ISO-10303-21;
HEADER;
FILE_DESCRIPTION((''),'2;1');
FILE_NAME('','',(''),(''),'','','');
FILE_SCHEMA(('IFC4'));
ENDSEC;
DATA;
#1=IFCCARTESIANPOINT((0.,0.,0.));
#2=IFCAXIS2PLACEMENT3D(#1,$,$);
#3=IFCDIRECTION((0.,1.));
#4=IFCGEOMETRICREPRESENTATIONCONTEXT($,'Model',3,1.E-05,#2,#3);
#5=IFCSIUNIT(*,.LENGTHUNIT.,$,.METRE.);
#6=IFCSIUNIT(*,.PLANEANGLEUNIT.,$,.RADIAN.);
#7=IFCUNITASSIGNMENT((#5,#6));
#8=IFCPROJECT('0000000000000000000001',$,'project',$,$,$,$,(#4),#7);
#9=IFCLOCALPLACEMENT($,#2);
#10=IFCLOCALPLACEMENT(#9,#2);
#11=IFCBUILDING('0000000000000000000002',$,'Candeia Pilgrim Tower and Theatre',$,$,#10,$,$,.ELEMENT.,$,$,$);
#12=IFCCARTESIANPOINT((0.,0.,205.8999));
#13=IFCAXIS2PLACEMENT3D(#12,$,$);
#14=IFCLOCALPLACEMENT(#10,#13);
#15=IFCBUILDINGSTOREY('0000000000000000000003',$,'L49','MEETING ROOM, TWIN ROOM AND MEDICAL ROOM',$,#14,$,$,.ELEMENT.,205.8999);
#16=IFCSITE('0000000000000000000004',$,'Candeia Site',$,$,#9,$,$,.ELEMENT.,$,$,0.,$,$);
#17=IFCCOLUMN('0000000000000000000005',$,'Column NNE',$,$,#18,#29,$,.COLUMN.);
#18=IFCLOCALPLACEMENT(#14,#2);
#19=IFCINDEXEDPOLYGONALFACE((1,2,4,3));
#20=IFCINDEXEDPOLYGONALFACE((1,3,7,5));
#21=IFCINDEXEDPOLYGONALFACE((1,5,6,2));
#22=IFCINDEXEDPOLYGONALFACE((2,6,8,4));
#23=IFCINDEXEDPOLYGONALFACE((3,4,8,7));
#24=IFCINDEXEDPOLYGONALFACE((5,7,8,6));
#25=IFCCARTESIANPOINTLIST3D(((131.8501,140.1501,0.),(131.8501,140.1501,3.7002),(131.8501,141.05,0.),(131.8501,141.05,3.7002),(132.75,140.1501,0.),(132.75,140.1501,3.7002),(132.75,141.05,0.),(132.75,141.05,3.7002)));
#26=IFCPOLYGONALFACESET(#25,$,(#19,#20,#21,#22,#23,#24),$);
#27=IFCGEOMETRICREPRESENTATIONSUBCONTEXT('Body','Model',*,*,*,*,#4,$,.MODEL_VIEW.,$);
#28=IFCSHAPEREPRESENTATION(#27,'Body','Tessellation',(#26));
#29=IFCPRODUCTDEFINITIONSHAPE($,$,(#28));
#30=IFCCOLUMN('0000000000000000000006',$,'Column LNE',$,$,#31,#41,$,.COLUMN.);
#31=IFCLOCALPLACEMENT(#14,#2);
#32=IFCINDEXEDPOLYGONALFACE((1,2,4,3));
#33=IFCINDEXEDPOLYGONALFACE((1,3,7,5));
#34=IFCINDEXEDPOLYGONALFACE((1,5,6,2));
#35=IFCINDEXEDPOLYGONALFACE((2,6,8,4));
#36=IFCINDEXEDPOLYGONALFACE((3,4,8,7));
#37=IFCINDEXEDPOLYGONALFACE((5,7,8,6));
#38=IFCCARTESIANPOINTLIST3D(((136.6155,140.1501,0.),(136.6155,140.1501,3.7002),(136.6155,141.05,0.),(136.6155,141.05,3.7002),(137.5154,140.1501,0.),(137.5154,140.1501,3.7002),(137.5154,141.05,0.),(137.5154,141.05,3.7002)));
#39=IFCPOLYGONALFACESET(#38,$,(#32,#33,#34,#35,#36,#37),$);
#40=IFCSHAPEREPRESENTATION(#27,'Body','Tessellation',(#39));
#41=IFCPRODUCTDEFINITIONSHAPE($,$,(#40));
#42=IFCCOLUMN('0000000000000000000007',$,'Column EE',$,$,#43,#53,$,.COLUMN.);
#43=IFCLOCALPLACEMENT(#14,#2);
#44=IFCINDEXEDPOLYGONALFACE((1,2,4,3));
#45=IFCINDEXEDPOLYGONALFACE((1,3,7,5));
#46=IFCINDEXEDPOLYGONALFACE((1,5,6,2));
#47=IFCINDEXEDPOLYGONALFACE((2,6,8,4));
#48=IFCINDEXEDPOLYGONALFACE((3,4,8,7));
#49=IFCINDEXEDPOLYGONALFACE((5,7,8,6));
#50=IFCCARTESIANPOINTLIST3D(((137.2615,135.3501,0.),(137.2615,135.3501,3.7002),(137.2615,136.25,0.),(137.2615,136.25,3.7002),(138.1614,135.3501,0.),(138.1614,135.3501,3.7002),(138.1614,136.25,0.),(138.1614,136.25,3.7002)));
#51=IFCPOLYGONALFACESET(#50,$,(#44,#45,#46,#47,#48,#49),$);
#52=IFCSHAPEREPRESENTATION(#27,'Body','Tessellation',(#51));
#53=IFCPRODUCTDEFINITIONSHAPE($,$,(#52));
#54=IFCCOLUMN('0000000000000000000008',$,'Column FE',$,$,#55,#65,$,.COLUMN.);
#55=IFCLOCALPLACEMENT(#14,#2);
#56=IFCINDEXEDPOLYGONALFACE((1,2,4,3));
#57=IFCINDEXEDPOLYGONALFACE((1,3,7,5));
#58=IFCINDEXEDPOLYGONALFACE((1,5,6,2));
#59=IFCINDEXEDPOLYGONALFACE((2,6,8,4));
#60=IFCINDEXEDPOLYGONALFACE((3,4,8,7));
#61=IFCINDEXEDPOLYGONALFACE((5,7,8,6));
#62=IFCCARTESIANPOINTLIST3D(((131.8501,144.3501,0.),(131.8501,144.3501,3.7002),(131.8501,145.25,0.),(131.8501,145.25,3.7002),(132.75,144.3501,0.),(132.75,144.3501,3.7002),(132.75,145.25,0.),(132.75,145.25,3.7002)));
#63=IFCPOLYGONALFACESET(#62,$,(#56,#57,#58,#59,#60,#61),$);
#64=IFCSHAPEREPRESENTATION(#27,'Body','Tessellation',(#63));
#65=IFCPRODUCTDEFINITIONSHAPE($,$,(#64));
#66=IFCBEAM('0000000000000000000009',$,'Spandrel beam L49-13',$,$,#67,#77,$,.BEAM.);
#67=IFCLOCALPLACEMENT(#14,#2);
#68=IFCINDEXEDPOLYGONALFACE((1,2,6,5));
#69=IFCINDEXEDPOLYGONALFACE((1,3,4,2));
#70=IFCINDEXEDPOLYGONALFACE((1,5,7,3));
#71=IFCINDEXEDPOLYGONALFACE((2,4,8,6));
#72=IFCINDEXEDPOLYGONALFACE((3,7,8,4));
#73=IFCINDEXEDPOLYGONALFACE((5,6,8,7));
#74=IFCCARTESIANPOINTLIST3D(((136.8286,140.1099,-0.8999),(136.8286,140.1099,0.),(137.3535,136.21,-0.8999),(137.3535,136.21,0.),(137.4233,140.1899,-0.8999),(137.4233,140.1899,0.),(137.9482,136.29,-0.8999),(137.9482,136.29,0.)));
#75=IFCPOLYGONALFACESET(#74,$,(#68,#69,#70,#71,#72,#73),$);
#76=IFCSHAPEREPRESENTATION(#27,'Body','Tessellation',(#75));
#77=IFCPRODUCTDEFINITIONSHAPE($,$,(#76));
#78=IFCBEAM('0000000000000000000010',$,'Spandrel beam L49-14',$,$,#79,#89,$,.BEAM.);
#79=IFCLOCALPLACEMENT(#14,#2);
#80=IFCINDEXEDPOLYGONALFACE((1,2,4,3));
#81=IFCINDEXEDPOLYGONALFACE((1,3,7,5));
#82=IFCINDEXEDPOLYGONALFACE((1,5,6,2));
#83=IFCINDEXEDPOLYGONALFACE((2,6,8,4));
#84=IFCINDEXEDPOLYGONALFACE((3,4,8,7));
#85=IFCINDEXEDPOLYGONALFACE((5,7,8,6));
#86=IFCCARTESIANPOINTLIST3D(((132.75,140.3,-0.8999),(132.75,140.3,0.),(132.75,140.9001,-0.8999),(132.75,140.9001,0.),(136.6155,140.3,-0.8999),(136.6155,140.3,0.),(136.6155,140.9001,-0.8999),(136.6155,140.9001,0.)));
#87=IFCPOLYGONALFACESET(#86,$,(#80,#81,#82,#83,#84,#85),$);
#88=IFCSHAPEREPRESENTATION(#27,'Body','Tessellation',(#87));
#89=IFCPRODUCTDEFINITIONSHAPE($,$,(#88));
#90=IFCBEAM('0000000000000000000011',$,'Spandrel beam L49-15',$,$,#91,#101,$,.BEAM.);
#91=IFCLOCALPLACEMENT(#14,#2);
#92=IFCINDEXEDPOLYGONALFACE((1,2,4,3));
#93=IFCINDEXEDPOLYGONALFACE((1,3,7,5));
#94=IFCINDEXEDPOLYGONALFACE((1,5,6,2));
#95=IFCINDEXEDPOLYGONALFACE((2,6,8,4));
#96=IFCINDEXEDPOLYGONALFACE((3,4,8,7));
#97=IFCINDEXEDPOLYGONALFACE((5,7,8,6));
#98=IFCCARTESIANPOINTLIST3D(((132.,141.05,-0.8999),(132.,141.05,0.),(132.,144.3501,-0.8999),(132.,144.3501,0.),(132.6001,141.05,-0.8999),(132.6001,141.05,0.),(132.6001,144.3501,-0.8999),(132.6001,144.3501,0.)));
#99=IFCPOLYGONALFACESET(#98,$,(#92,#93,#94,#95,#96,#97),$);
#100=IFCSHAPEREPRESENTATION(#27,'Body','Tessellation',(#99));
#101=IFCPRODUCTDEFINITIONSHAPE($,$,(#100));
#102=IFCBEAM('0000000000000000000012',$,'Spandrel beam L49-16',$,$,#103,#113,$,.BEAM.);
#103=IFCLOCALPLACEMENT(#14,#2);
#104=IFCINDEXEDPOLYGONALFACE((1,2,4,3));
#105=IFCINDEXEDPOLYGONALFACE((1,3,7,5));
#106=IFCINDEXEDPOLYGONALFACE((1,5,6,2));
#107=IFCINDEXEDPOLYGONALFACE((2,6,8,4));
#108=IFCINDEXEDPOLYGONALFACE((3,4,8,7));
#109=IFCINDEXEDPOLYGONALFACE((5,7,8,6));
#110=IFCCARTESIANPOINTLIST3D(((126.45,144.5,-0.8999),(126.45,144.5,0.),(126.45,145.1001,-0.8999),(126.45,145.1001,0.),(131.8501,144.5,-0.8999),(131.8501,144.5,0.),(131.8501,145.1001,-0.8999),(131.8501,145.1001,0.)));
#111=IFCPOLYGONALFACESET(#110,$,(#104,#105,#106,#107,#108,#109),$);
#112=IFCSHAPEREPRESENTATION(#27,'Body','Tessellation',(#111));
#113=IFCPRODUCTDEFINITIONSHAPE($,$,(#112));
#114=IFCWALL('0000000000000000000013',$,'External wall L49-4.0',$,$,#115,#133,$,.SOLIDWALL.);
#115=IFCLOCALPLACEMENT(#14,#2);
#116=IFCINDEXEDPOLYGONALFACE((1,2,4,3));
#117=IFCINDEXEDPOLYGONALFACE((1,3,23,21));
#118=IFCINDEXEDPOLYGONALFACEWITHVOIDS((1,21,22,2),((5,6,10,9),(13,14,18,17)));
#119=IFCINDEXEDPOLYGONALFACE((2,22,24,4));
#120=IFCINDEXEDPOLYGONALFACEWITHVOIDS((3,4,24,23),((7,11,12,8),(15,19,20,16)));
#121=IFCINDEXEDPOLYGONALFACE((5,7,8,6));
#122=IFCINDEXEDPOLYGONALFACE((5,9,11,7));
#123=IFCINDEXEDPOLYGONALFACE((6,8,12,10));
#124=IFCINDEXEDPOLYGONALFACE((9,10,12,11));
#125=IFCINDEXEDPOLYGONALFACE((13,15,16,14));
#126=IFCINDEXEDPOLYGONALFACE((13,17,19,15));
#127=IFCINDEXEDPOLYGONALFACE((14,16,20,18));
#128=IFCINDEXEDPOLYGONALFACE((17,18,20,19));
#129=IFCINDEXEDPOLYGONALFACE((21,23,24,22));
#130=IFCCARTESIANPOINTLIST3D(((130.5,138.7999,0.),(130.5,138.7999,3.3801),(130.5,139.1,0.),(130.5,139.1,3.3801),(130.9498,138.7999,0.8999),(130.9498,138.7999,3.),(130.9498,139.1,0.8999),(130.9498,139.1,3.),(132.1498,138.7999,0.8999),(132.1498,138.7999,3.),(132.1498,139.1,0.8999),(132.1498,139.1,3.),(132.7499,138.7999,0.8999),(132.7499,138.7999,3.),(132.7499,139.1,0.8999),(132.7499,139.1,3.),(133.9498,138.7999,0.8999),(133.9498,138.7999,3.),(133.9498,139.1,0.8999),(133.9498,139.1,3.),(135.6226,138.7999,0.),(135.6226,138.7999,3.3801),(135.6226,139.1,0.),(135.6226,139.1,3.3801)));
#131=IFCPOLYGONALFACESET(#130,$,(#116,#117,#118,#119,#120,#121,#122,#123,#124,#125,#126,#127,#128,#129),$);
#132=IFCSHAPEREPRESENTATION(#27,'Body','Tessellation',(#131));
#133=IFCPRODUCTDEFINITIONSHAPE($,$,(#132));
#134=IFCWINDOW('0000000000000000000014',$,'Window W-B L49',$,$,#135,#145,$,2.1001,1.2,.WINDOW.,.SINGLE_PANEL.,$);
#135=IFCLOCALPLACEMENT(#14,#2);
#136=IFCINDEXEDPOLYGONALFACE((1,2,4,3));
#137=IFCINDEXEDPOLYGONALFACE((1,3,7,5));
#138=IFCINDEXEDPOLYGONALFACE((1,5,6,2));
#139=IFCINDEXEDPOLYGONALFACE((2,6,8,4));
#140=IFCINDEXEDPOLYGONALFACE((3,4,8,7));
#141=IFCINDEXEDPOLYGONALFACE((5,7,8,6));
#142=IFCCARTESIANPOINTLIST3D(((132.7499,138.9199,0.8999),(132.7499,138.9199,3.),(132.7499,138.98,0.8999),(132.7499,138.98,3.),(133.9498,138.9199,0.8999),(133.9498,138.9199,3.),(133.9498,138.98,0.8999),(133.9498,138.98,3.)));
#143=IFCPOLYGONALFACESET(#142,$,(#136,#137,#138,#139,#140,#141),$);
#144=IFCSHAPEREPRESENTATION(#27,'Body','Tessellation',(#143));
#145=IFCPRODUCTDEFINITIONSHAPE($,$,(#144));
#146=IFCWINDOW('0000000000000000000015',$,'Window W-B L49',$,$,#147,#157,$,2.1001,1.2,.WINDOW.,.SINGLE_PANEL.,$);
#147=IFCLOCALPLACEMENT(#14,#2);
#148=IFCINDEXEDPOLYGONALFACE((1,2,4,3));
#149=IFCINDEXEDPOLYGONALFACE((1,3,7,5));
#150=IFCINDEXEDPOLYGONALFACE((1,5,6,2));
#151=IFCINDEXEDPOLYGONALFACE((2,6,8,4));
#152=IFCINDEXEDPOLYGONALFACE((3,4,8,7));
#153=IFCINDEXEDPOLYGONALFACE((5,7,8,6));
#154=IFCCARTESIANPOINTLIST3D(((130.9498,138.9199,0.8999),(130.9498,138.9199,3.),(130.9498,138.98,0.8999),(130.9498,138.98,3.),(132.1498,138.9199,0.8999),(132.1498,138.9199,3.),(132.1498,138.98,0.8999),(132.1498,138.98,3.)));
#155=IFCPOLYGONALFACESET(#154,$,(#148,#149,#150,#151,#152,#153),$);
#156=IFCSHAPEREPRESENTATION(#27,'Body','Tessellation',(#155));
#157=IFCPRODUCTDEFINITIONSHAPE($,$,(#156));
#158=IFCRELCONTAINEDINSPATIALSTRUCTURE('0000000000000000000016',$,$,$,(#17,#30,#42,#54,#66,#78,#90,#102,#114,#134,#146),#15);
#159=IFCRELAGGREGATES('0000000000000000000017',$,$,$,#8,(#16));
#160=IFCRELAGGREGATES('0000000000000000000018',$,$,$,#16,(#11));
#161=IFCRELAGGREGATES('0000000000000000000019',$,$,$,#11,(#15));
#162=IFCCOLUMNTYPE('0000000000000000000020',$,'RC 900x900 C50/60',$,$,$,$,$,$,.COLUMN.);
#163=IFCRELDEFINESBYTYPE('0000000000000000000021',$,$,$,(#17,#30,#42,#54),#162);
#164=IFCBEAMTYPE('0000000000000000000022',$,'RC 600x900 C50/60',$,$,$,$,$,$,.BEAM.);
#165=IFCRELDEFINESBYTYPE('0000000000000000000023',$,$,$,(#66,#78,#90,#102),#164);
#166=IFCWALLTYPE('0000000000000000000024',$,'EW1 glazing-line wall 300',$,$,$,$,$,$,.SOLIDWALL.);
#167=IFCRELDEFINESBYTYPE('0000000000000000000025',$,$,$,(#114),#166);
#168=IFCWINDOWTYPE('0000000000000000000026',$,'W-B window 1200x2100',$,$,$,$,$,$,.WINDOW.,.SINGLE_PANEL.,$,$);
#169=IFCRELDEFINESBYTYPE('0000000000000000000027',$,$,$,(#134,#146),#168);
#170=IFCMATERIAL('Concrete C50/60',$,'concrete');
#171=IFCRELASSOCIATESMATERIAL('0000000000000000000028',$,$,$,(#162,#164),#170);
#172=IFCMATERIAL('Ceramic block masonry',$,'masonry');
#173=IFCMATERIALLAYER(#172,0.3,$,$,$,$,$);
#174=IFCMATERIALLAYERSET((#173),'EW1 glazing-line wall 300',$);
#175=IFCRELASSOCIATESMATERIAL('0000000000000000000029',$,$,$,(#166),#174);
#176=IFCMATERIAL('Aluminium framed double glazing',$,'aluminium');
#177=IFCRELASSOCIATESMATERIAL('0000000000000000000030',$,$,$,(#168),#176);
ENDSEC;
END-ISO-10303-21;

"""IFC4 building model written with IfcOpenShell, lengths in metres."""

from ifc_helpers import new_model, si_unit, direction, frame, frame_2d, origin, origin_2d, place, context, subcontext, project, spatial, rectangle, extrude, material, layer, layer_set, material_profile, profile_set, type_object, element, fill, save


model = new_model("IFC4")

# Units and contexts
model_context = context("Model", 3, precision=1e-05, world=origin(), true_north=direction((0.0, 1.0)))
body_context = subcontext(model_context, "Body", "Model", "MODEL_VIEW")
ifc_project = project(units=[si_unit("LENGTHUNIT", "METRE"), si_unit("PLANEANGLEUNIT", "RADIAN")], contexts=[model_context])

# Site, building, storey
site_placement = place(None, origin())
site = spatial("IfcSite", under=ifc_project, at=site_placement, Name="Candeia Site", CompositionType="ELEMENT", RefElevation=0.0)
building_placement = place(site_placement, origin())
building = spatial("IfcBuilding", under=site, at=building_placement, Name="Candeia Pilgrim Tower and Theatre", CompositionType="ELEMENT")
storey_placement = place(building_placement, frame((0.0, 0.0, 205.8999)))
storey = spatial("IfcBuildingStorey", under=building, at=storey_placement, Name="L49", Description="MEETING ROOM, TWIN ROOM AND MEDICAL ROOM", CompositionType="ELEMENT", Elevation=205.8999)

# Columns
ifc_material_1 = material(Name="Concrete C50/60", Category="concrete")
ifc_material_profile_1 = material_profile(ifc_material_1, rectangle(XDim=0.8999, YDim=0.8999, at=origin_2d()))
ifc_profile_set_1 = profile_set([ifc_material_profile_1], Name="Concrete C50/60")
column_type = type_object("IfcColumnType", Name="RC 900x900 C50/60", PredefinedType="COLUMN", material=ifc_profile_set_1)
for number, where, z_axis, x_axis, name in (
    (1, (132.3, 140.6001, 0.0), (0.0, 0.0, 1.0), (1.0, 0.0, 0.0), "Column NNE"),
    (2, (137.0654, 140.6001, 0.0), (0.0, 0.0, 1.0), (1.0, 0.0, 0.0), "Column LNE"),
    (3, (137.7114, 135.8, 0.0), (0.0, 0.0, 1.0), (1.0, 0.0, 0.0), "Column EE"),
    (4, (132.3, 144.8, 0.0), (0.0, 0.0, 1.0), (1.0, 0.0, 0.0), "Column FE"),
):
    element("IfcColumn", number, at=place(storey_placement, frame(where, z_axis=z_axis, x_axis=x_axis)), inside=storey, type_object=column_type, Name=name, PredefinedType="COLUMN", context=body_context, shape_type="SweptSolid", body=[
        extrude(rectangle(XDim=0.8999, YDim=0.8999, at=origin_2d()), origin(), (0.0, 0.0, 1.0), 3.7002),
    ])

# Beams
ifc_material_profile_2 = material_profile(ifc_material_1, rectangle(XDim=0.6001, YDim=0.8999, at=origin_2d()))
ifc_profile_set_2 = profile_set([ifc_material_profile_2], Name="Concrete C50/60")
beam_type = type_object("IfcBeamType", Name="RC 600x900 C50/60", PredefinedType="BEAM", material=ifc_profile_set_2)
beam_1_placement = place(storey_placement, frame((137.6509, 136.25, -0.45), z_axis=(-0.133391, 0.991064, 0.0), x_axis=(-0.991064, -0.133391, 0.0)))
element("IfcBeam", 5, at=beam_1_placement, inside=storey, type_object=beam_type, Name="Spandrel beam L49-13", PredefinedType="BEAM", context=body_context, shape_type="SweptSolid", body=[
    extrude(rectangle(XDim=0.6001, YDim=0.8999, at=origin_2d()), origin(), (0.0, 0.0, 1.0), 3.9351),
])
beam_2_placement = place(storey_placement, frame((136.6155, 140.6001, -0.45), z_axis=(-1.0, 0.0, 0.0), x_axis=(0.0, -1.0, 0.0)))
element("IfcBeam", 6, at=beam_2_placement, inside=storey, type_object=beam_type, Name="Spandrel beam L49-14", PredefinedType="BEAM", context=body_context, shape_type="SweptSolid", body=[
    extrude(rectangle(XDim=0.6001, YDim=0.8999, at=origin_2d()), origin(), (0.0, 0.0, 1.0), 3.8655),
])
beam_3_placement = place(storey_placement, frame((132.3, 141.05, -0.45), z_axis=(0.0, 1.0, 0.0), x_axis=(-1.0, 0.0, 0.0)))
element("IfcBeam", 7, at=beam_3_placement, inside=storey, type_object=beam_type, Name="Spandrel beam L49-15", PredefinedType="BEAM", context=body_context, shape_type="SweptSolid", body=[
    extrude(rectangle(XDim=0.6001, YDim=0.8999, at=origin_2d()), origin(), (0.0, 0.0, 1.0), 3.3),
])
beam_4_placement = place(storey_placement, frame((131.8501, 144.8, -0.45), z_axis=(-1.0, 0.0, 0.0), x_axis=(0.0, -1.0, 0.0)))
element("IfcBeam", 8, at=beam_4_placement, inside=storey, type_object=beam_type, Name="Spandrel beam L49-16", PredefinedType="BEAM", context=body_context, shape_type="SweptSolid", body=[
    extrude(rectangle(XDim=0.6001, YDim=0.8999, at=origin_2d()), origin(), (0.0, 0.0, 1.0), 5.4001),
])

# Wall, openings, windows
ifc_material_2 = material(Name="Ceramic block masonry", Category="masonry")
ifc_layer_1 = layer(ifc_material_2, 0.3)
ifc_layer_set_1 = layer_set([ifc_layer_1], Name="EW1 glazing-line wall 300")
wall_type_1 = type_object("IfcWallType", Name="EW1 glazing-line wall 300", PredefinedType="SOLIDWALL", material=ifc_layer_set_1)
wall_1_placement = place(storey_placement, frame((135.6226, 138.95, 0.0), z_axis=(0.0, 0.0, 1.0), x_axis=(-1.0, 0.0, 0.0)))
wall_1 = element("IfcWall", 9, at=wall_1_placement, inside=storey, type_object=wall_type_1, Name="External wall L49-4.0", PredefinedType="SOLIDWALL", context=body_context, shape_type="SweptSolid", body=[
    extrude(rectangle(XDim=5.1226, YDim=0.3, at=frame_2d((2.5613, 0.0))), origin(), (0.0, 0.0, 1.0), 3.3801),
])
opening_1_placement = place(wall_1_placement, frame((1.6726, 0.0, 0.8999)))
opening_1 = element("IfcOpeningElement", 10, at=opening_1_placement, cuts=wall_1, PredefinedType="OPENING", context=body_context, shape_type="SweptSolid", body=[
    extrude(rectangle(XDim=1.2, YDim=2.1001, at=frame_2d((0.6001, 1.05))), frame((0.0, 0.1602, 0.0), z_axis=(0.0, -1.0, 0.0), x_axis=(1.0, 0.0, 0.0)), (0.0, 0.0, 1.0), 0.3201),
])
opening_2_placement = place(wall_1_placement, frame((3.4727, 0.0, 0.8999)))
opening_2 = element("IfcOpeningElement", 11, at=opening_2_placement, cuts=wall_1, PredefinedType="OPENING", context=body_context, shape_type="SweptSolid", body=[
    extrude(rectangle(XDim=1.2, YDim=2.1001, at=frame_2d((0.6001, 1.05))), frame((0.0, 0.1602, 0.0), z_axis=(0.0, -1.0, 0.0), x_axis=(1.0, 0.0, 0.0)), (0.0, 0.0, 1.0), 0.3201),
])
ifc_material_3 = material(Name="Aluminium framed double glazing", Category="aluminium")
window_type_1 = type_object("IfcWindowType", Name="W-B window 1200x2100", PartitioningType="SINGLE_PANEL", PredefinedType="WINDOW", material=ifc_material_3)
window_1_placement = place(opening_1_placement, origin())
window_1 = element("IfcWindow", 12, at=window_1_placement, inside=storey, type_object=window_type_1, Name="Window W-B L49", OverallHeight=2.1001, OverallWidth=1.2, PartitioningType="SINGLE_PANEL", PredefinedType="WINDOW", context=body_context, shape_type="SweptSolid", body=[
    extrude(rectangle(XDim=1.2, YDim=2.1001, at=frame_2d((0.6001, 1.05))), frame((0.0, 0.03, 0.0), z_axis=(0.0, -1.0, 0.0), x_axis=(1.0, 0.0, 0.0)), (0.0, 0.0, 1.0), 0.0601),
])
fill(opening_1, window_1)
window_2_placement = place(opening_2_placement, origin())
window_2 = element("IfcWindow", 13, at=window_2_placement, inside=storey, type_object=window_type_1, Name="Window W-B L49", OverallHeight=2.1001, OverallWidth=1.2, PartitioningType="SINGLE_PANEL", PredefinedType="WINDOW", context=body_context, shape_type="SweptSolid", body=[
    extrude(rectangle(XDim=1.2, YDim=2.1001, at=frame_2d((0.6001, 1.05))), frame((0.0, 0.03, 0.0), z_axis=(0.0, -1.0, 0.0), x_axis=(1.0, 0.0, 0.0)), (0.0, 0.0, 1.0), 0.0601),
])
fill(opening_2, window_2)

save(model, "model.ifc")
